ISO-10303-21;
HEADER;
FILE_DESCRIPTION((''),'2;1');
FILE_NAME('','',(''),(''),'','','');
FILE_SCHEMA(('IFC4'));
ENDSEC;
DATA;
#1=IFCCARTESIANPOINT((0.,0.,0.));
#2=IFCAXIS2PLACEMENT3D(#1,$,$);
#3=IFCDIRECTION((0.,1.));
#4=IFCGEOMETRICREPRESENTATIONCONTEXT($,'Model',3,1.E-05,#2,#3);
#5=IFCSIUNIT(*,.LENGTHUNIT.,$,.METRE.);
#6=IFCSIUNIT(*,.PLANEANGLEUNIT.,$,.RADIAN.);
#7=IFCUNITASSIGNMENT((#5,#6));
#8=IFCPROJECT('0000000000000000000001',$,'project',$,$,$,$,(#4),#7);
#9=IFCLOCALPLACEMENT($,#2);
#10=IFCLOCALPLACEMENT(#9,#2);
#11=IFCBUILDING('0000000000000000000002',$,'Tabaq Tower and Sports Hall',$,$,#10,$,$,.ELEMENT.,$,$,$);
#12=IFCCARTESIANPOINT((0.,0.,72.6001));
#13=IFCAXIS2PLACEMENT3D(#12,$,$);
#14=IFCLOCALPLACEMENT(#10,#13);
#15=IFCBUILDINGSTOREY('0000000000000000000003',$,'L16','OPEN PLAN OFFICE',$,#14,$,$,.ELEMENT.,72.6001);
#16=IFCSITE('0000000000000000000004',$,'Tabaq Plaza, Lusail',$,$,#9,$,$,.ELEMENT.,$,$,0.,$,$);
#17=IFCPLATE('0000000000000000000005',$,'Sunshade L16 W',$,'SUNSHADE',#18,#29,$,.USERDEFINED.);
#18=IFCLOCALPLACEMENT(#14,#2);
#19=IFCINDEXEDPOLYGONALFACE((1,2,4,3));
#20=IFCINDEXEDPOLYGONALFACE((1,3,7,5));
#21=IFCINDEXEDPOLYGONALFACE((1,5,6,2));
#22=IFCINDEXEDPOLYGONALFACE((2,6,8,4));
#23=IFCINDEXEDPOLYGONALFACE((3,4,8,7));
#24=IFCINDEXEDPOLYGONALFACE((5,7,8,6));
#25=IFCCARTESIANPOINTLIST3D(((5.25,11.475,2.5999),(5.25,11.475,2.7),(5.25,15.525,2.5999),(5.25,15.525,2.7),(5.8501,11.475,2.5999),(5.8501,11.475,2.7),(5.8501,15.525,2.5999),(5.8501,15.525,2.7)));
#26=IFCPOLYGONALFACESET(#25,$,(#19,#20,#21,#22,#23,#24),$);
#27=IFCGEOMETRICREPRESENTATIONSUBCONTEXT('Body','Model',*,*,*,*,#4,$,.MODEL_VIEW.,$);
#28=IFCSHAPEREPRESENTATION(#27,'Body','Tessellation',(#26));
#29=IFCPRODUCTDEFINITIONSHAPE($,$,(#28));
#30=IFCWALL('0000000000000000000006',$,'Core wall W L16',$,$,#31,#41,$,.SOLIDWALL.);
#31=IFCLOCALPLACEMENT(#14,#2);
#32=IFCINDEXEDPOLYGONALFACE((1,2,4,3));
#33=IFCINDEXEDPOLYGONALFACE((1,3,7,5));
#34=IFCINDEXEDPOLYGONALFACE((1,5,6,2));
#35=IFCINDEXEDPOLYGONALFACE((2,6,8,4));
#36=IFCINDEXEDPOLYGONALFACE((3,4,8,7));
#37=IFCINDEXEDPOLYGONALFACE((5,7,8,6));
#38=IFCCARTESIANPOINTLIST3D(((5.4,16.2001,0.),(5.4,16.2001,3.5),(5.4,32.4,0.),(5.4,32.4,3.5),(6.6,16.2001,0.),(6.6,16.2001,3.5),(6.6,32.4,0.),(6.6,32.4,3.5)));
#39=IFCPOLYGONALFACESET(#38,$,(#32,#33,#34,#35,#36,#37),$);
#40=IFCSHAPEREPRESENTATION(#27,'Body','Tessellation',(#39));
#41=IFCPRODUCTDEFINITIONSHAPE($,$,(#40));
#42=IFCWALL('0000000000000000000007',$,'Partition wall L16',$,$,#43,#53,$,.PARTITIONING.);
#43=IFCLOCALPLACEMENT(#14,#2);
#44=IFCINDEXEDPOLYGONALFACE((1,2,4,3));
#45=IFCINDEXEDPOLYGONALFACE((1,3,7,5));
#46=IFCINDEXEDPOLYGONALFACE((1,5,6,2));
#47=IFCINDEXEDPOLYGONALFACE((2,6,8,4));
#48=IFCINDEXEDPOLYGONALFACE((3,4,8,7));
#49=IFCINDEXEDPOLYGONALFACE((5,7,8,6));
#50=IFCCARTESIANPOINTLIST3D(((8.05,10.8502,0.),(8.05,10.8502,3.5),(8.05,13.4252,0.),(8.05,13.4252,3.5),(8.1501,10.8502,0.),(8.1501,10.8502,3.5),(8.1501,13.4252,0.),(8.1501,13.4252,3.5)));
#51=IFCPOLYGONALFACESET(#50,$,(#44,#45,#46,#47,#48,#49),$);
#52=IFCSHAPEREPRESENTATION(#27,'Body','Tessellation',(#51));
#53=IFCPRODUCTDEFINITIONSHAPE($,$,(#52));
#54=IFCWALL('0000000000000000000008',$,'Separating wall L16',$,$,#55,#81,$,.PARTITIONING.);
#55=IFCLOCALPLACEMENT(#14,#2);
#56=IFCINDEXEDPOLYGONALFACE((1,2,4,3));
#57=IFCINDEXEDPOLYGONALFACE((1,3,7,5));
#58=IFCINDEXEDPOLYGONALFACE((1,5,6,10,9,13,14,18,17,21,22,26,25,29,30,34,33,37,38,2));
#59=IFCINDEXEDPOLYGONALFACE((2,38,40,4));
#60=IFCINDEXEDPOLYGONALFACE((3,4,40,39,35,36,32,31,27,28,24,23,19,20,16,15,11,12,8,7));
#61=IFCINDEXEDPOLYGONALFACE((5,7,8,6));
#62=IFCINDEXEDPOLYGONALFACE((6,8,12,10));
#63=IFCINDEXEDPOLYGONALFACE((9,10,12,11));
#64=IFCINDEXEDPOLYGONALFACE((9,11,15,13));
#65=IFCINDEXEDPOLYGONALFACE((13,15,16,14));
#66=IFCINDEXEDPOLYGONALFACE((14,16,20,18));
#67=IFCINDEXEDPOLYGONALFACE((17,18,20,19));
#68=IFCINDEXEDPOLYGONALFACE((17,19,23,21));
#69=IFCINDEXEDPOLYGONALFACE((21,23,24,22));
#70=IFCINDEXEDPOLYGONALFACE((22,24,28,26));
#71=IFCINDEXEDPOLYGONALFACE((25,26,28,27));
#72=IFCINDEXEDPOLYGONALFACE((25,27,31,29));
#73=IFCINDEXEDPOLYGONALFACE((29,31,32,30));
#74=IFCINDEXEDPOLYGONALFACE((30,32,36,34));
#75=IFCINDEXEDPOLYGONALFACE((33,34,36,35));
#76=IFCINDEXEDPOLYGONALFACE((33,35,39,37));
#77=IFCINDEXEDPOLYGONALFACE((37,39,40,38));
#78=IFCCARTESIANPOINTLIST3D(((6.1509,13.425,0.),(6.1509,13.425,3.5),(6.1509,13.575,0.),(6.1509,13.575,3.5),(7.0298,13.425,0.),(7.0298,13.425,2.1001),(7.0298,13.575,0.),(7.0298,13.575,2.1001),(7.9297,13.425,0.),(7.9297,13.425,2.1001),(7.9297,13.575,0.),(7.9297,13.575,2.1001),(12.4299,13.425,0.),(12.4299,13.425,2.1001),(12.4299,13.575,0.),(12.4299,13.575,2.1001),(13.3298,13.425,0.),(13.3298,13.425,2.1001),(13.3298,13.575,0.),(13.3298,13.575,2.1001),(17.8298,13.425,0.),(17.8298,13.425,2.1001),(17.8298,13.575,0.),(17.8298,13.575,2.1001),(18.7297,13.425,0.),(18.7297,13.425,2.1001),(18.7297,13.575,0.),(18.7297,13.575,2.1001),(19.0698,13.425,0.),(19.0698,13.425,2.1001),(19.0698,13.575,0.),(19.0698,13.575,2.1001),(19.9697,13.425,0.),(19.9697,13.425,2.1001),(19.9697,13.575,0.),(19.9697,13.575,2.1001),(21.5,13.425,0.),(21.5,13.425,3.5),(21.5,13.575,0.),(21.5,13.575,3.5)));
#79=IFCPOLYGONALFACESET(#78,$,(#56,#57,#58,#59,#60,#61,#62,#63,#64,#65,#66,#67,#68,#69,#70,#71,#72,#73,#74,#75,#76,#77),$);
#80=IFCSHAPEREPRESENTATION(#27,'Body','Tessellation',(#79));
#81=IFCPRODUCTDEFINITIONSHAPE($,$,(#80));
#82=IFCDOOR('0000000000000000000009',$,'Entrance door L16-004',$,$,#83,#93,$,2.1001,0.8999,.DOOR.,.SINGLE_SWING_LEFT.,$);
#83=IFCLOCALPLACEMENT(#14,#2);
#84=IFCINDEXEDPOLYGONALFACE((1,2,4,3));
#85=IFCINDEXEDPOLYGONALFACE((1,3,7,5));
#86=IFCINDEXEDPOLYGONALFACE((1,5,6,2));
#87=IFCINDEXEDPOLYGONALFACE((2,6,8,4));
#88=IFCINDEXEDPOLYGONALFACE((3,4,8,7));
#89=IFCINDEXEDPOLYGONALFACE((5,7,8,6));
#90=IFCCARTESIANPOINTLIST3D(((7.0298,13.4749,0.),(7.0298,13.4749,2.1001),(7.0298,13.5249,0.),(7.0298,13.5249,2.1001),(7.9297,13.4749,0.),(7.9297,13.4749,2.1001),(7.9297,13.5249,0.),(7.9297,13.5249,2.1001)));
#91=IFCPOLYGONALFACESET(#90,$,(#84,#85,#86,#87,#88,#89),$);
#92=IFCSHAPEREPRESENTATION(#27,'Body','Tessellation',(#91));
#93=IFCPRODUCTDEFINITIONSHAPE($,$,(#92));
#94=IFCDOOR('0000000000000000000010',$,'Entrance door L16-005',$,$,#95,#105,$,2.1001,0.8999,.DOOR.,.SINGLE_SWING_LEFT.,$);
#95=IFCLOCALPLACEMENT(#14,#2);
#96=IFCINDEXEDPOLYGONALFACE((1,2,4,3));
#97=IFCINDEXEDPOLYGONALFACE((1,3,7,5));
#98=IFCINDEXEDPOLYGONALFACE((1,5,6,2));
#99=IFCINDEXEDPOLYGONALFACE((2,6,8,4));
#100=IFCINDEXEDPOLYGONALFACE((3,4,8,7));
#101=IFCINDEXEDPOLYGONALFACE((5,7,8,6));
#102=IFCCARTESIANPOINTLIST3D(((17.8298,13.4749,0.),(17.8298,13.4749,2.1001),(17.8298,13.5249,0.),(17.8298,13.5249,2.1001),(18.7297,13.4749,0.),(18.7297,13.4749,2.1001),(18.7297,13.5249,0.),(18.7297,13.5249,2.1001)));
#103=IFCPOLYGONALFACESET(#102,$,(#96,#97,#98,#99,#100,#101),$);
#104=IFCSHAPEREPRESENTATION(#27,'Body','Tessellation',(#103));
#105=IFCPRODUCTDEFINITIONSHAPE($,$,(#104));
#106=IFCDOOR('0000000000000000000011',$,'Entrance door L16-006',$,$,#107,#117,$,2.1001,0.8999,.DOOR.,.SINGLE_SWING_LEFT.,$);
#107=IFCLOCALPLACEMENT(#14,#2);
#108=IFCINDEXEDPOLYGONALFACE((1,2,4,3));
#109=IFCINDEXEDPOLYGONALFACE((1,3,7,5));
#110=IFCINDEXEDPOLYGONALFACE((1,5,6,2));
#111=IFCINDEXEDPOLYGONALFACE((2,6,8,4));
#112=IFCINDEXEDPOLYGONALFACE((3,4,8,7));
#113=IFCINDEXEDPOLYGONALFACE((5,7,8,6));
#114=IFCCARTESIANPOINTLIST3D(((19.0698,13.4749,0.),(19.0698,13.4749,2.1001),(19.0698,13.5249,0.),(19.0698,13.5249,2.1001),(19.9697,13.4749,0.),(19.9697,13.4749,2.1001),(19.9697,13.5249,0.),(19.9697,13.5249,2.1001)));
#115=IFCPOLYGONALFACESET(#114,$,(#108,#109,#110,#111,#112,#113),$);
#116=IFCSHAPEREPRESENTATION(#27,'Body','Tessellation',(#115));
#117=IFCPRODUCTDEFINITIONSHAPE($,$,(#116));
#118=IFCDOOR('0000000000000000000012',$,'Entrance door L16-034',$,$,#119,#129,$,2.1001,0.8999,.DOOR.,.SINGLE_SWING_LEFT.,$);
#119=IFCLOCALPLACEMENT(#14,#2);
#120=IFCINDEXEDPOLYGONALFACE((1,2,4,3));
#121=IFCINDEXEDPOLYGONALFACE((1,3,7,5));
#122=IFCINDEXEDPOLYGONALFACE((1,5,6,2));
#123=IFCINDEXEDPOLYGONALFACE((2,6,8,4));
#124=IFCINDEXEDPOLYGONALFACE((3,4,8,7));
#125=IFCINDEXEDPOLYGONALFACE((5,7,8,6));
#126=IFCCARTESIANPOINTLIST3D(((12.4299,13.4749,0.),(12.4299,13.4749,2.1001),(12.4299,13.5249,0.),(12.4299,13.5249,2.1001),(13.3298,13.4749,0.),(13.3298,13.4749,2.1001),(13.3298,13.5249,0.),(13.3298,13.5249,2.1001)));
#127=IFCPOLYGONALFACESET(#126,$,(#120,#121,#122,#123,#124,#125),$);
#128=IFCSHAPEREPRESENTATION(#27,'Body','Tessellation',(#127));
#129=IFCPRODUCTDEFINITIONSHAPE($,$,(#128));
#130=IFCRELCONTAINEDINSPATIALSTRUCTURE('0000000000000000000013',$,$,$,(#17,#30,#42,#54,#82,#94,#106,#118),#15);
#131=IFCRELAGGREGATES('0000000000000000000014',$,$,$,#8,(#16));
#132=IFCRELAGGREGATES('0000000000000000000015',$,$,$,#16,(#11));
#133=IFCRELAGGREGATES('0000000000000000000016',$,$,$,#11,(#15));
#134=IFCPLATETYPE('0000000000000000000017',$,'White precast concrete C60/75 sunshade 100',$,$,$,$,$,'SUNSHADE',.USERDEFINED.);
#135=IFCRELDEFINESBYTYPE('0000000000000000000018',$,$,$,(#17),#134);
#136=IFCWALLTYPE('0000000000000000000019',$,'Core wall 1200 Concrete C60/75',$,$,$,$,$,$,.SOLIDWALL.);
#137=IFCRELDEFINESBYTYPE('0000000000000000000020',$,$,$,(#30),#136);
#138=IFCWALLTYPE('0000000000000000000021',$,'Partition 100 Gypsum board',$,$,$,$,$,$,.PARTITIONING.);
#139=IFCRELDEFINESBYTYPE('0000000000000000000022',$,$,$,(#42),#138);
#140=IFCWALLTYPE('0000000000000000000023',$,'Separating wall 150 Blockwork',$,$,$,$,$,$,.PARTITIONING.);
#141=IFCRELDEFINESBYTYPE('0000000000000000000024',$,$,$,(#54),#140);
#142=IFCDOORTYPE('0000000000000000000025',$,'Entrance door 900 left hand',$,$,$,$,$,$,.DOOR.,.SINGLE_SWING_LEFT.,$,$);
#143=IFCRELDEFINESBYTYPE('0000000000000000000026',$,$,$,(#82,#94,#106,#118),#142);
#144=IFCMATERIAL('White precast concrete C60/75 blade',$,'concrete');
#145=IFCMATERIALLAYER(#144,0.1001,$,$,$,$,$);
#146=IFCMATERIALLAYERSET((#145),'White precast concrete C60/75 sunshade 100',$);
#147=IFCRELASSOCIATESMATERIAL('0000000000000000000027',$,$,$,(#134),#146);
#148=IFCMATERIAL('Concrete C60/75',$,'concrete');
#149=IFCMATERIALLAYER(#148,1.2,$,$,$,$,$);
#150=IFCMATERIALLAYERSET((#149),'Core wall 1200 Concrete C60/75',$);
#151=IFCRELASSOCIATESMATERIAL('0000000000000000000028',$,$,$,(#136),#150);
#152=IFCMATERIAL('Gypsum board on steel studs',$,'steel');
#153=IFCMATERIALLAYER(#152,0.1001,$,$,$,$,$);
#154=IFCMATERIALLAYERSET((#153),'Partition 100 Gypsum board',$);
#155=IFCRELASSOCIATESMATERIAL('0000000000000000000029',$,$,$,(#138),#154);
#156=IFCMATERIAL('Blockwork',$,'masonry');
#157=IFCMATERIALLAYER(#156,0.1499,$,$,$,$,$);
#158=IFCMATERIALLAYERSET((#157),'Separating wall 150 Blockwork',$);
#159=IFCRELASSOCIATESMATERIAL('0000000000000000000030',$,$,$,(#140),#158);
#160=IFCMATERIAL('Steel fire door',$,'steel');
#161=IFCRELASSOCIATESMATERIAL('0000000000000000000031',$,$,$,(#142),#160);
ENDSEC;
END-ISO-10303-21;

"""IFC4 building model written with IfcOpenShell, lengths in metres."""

from ifc_helpers import new_model, si_unit, direction, frame, frame_2d, origin, origin_2d, place, context, subcontext, project, spatial, rectangle, extrude, material, layer, layer_set, type_object, element, fill, save


model = new_model("IFC4")

# Units and contexts
model_context = context("Model", 3, precision=1e-05, world=origin(), true_north=direction((0.0, 1.0)))
body_context = subcontext(model_context, "Body", "Model", "MODEL_VIEW")
ifc_project = project(units=[si_unit("LENGTHUNIT", "METRE"), si_unit("PLANEANGLEUNIT", "RADIAN")], contexts=[model_context])

# Site, building, storey
site_placement = place(None, origin())
site = spatial("IfcSite", under=ifc_project, at=site_placement, Name="Tabaq Plaza, Lusail", CompositionType="ELEMENT", RefElevation=0.0)
building_placement = place(site_placement, origin())
building = spatial("IfcBuilding", under=site, at=building_placement, Name="Tabaq Tower and Sports Hall", CompositionType="ELEMENT")
storey_placement = place(building_placement, frame((0.0, 0.0, 72.6001)))
storey = spatial("IfcBuildingStorey", under=building, at=storey_placement, Name="L16", Description="OPEN PLAN OFFICE", CompositionType="ELEMENT", Elevation=72.6001)

# Plate
ifc_material_1 = material(Name="White precast concrete C60/75 blade", Category="concrete")
ifc_layer_1 = layer(ifc_material_1, 0.1001)
ifc_layer_set_1 = layer_set([ifc_layer_1], Name="White precast concrete C60/75 sunshade 100")
plate_type = type_object("IfcPlateType", Name="White precast concrete C60/75 sunshade 100", ElementType="SUNSHADE", PredefinedType="USERDEFINED", material=ifc_layer_set_1)
plate_placement = place(storey_placement, frame((5.55, 13.5, 2.5999), z_axis=(0.0, 0.0, 1.0), x_axis=(0.0, -1.0, 0.0)))
element("IfcPlate", 1, at=plate_placement, inside=storey, type_object=plate_type, Name="Sunshade L16 W", ObjectType="SUNSHADE", PredefinedType="USERDEFINED", context=body_context, shape_type="SweptSolid", body=[
    extrude(rectangle(XDim=4.05, YDim=0.6001, at=origin_2d()), origin(), (0.0, 0.0, 1.0), 0.1001),
])

# Walls
ifc_material_2 = material(Name="Concrete C60/75", Category="concrete")
ifc_layer_2 = layer(ifc_material_2, 1.2)
ifc_layer_set_2 = layer_set([ifc_layer_2], Name="Core wall 1200 Concrete C60/75")
wall_type_1 = type_object("IfcWallType", Name="Core wall 1200 Concrete C60/75", PredefinedType="SOLIDWALL", material=ifc_layer_set_2)
wall_1_placement = place(storey_placement, frame((6.0, 16.2, 0.0), z_axis=(0.0, 0.0, 1.0), x_axis=(0.0, 1.0, 0.0)))
element("IfcWall", 2, at=wall_1_placement, inside=storey, type_object=wall_type_1, Name="Core wall W L16", PredefinedType="SOLIDWALL", context=body_context, shape_type="SweptSolid", body=[
    extrude(rectangle(XDim=16.2, YDim=1.2, at=frame_2d((8.1001, 0.0))), origin(), (0.0, 0.0, 1.0), 3.5),
])
ifc_material_3 = material(Name="Gypsum board on steel studs", Category="steel")
ifc_layer_3 = layer(ifc_material_3, 0.1001)
ifc_layer_set_3 = layer_set([ifc_layer_3], Name="Partition 100 Gypsum board")
wall_type_2 = type_object("IfcWallType", Name="Partition 100 Gypsum board", PredefinedType="PARTITIONING", material=ifc_layer_set_3)
wall_2_placement = place(storey_placement, frame((8.1001, 10.8501, 0.0), z_axis=(0.0, 0.0, 1.0), x_axis=(0.0, 1.0, 0.0)))
element("IfcWall", 3, at=wall_2_placement, inside=storey, type_object=wall_type_2, Name="Partition wall L16", PredefinedType="PARTITIONING", context=body_context, shape_type="SweptSolid", body=[
    extrude(rectangle(XDim=2.575, YDim=0.1001, at=frame_2d((1.2876, 0.0))), origin(), (0.0, 0.0, 1.0), 3.5),
])

# Wall, openings, doors
ifc_material_4 = material(Name="Blockwork", Category="masonry")
ifc_layer_4 = layer(ifc_material_4, 0.1499)
ifc_layer_set_4 = layer_set([ifc_layer_4], Name="Separating wall 150 Blockwork")
wall_type_3 = type_object("IfcWallType", Name="Separating wall 150 Blockwork", PredefinedType="PARTITIONING", material=ifc_layer_set_4)
wall_3_placement = place(storey_placement, frame((6.1509, 13.5, 0.0), z_axis=(0.0, 0.0, 1.0), x_axis=(1.0, 0.0, 0.0)))
wall_3 = element("IfcWall", 4, at=wall_3_placement, inside=storey, type_object=wall_type_3, Name="Separating wall L16", PredefinedType="PARTITIONING", context=body_context, shape_type="SweptSolid", body=[
    extrude(rectangle(XDim=15.3491, YDim=0.1499, at=frame_2d((7.6746, 0.0))), origin(), (0.0, 0.0, 1.0), 3.5),
])
opening_1_placement = place(wall_3_placement, frame((0.8789, 0.0, 0.0)))
opening_1 = element("IfcOpeningElement", 5, at=opening_1_placement, cuts=wall_3, PredefinedType="OPENING", context=body_context, shape_type="SweptSolid", body=[
    extrude(rectangle(XDim=0.8999, YDim=2.1001, at=frame_2d((0.45, 1.05))), frame((0.0, 0.075, 0.0), z_axis=(0.0, -1.0, 0.0), x_axis=(1.0, 0.0, 0.0)), (0.0, 0.0, 1.0), 0.1499),
])
opening_2_placement = place(wall_3_placement, frame((11.679, 0.0, 0.0)))
opening_2 = element("IfcOpeningElement", 6, at=opening_2_placement, cuts=wall_3, PredefinedType="OPENING", context=body_context, shape_type="SweptSolid", body=[
    extrude(rectangle(XDim=0.8999, YDim=2.1001, at=frame_2d((0.45, 1.05))), frame((0.0, 0.075, 0.0), z_axis=(0.0, -1.0, 0.0), x_axis=(1.0, 0.0, 0.0)), (0.0, 0.0, 1.0), 0.1499),
])
opening_3_placement = place(wall_3_placement, frame((12.9189, 0.0, 0.0)))
opening_3 = element("IfcOpeningElement", 7, at=opening_3_placement, cuts=wall_3, PredefinedType="OPENING", context=body_context, shape_type="SweptSolid", body=[
    extrude(rectangle(XDim=0.8999, YDim=2.1001, at=frame_2d((0.45, 1.05))), frame((0.0, 0.075, 0.0), z_axis=(0.0, -1.0, 0.0), x_axis=(1.0, 0.0, 0.0)), (0.0, 0.0, 1.0), 0.1499),
])
opening_4_placement = place(wall_3_placement, frame((6.2791, 0.0, 0.0)))
opening_4 = element("IfcOpeningElement", 8, at=opening_4_placement, cuts=wall_3, PredefinedType="OPENING", context=body_context, shape_type="SweptSolid", body=[
    extrude(rectangle(XDim=0.8999, YDim=2.1001, at=frame_2d((0.45, 1.05))), frame((0.0, 0.075, 0.0), z_axis=(0.0, -1.0, 0.0), x_axis=(1.0, 0.0, 0.0)), (0.0, 0.0, 1.0), 0.1499),
])
ifc_material_5 = material(Name="Steel fire door", Category="steel")
door_type_1 = type_object("IfcDoorType", Name="Entrance door 900 left hand", OperationType="SINGLE_SWING_LEFT", PredefinedType="DOOR", material=ifc_material_5)
door_1_placement = place(opening_1_placement, origin())
door_1 = element("IfcDoor", 9, at=door_1_placement, inside=storey, type_object=door_type_1, Name="Entrance door L16-004", OperationType="SINGLE_SWING_LEFT", OverallHeight=2.1001, OverallWidth=0.8999, PredefinedType="DOOR", context=body_context, shape_type="SweptSolid", body=[
    extrude(rectangle(XDim=0.8999, YDim=2.1001, at=frame_2d((0.45, 1.05))), frame((0.0, 0.0249, 0.0), z_axis=(0.0, -1.0, 0.0), x_axis=(1.0, 0.0, 0.0)), (0.0, 0.0, 1.0), 0.05),
])
fill(opening_1, door_1)
door_2_placement = place(opening_2_placement, origin())
door_2 = element("IfcDoor", 10, at=door_2_placement, inside=storey, type_object=door_type_1, Name="Entrance door L16-005", OperationType="SINGLE_SWING_LEFT", OverallHeight=2.1001, OverallWidth=0.8999, PredefinedType="DOOR", context=body_context, shape_type="SweptSolid", body=[
    extrude(rectangle(XDim=0.8999, YDim=2.1001, at=frame_2d((0.45, 1.05))), frame((0.0, 0.0249, 0.0), z_axis=(0.0, -1.0, 0.0), x_axis=(1.0, 0.0, 0.0)), (0.0, 0.0, 1.0), 0.05),
])
fill(opening_2, door_2)
door_3_placement = place(opening_3_placement, origin())
door_3 = element("IfcDoor", 11, at=door_3_placement, inside=storey, type_object=door_type_1, Name="Entrance door L16-006", OperationType="SINGLE_SWING_LEFT", OverallHeight=2.1001, OverallWidth=0.8999, PredefinedType="DOOR", context=body_context, shape_type="SweptSolid", body=[
    extrude(rectangle(XDim=0.8999, YDim=2.1001, at=frame_2d((0.45, 1.05))), frame((0.0, 0.0249, 0.0), z_axis=(0.0, -1.0, 0.0), x_axis=(1.0, 0.0, 0.0)), (0.0, 0.0, 1.0), 0.05),
])
fill(opening_3, door_3)
door_4_placement = place(opening_4_placement, origin())
door_4 = element("IfcDoor", 12, at=door_4_placement, inside=storey, type_object=door_type_1, Name="Entrance door L16-034", OperationType="SINGLE_SWING_LEFT", OverallHeight=2.1001, OverallWidth=0.8999, PredefinedType="DOOR", context=body_context, shape_type="SweptSolid", body=[
    extrude(rectangle(XDim=0.8999, YDim=2.1001, at=frame_2d((0.45, 1.05))), frame((0.0, 0.0249, 0.0), z_axis=(0.0, -1.0, 0.0), x_axis=(1.0, 0.0, 0.0)), (0.0, 0.0, 1.0), 0.05),
])
fill(opening_4, door_4)

save(model, "model.ifc")
